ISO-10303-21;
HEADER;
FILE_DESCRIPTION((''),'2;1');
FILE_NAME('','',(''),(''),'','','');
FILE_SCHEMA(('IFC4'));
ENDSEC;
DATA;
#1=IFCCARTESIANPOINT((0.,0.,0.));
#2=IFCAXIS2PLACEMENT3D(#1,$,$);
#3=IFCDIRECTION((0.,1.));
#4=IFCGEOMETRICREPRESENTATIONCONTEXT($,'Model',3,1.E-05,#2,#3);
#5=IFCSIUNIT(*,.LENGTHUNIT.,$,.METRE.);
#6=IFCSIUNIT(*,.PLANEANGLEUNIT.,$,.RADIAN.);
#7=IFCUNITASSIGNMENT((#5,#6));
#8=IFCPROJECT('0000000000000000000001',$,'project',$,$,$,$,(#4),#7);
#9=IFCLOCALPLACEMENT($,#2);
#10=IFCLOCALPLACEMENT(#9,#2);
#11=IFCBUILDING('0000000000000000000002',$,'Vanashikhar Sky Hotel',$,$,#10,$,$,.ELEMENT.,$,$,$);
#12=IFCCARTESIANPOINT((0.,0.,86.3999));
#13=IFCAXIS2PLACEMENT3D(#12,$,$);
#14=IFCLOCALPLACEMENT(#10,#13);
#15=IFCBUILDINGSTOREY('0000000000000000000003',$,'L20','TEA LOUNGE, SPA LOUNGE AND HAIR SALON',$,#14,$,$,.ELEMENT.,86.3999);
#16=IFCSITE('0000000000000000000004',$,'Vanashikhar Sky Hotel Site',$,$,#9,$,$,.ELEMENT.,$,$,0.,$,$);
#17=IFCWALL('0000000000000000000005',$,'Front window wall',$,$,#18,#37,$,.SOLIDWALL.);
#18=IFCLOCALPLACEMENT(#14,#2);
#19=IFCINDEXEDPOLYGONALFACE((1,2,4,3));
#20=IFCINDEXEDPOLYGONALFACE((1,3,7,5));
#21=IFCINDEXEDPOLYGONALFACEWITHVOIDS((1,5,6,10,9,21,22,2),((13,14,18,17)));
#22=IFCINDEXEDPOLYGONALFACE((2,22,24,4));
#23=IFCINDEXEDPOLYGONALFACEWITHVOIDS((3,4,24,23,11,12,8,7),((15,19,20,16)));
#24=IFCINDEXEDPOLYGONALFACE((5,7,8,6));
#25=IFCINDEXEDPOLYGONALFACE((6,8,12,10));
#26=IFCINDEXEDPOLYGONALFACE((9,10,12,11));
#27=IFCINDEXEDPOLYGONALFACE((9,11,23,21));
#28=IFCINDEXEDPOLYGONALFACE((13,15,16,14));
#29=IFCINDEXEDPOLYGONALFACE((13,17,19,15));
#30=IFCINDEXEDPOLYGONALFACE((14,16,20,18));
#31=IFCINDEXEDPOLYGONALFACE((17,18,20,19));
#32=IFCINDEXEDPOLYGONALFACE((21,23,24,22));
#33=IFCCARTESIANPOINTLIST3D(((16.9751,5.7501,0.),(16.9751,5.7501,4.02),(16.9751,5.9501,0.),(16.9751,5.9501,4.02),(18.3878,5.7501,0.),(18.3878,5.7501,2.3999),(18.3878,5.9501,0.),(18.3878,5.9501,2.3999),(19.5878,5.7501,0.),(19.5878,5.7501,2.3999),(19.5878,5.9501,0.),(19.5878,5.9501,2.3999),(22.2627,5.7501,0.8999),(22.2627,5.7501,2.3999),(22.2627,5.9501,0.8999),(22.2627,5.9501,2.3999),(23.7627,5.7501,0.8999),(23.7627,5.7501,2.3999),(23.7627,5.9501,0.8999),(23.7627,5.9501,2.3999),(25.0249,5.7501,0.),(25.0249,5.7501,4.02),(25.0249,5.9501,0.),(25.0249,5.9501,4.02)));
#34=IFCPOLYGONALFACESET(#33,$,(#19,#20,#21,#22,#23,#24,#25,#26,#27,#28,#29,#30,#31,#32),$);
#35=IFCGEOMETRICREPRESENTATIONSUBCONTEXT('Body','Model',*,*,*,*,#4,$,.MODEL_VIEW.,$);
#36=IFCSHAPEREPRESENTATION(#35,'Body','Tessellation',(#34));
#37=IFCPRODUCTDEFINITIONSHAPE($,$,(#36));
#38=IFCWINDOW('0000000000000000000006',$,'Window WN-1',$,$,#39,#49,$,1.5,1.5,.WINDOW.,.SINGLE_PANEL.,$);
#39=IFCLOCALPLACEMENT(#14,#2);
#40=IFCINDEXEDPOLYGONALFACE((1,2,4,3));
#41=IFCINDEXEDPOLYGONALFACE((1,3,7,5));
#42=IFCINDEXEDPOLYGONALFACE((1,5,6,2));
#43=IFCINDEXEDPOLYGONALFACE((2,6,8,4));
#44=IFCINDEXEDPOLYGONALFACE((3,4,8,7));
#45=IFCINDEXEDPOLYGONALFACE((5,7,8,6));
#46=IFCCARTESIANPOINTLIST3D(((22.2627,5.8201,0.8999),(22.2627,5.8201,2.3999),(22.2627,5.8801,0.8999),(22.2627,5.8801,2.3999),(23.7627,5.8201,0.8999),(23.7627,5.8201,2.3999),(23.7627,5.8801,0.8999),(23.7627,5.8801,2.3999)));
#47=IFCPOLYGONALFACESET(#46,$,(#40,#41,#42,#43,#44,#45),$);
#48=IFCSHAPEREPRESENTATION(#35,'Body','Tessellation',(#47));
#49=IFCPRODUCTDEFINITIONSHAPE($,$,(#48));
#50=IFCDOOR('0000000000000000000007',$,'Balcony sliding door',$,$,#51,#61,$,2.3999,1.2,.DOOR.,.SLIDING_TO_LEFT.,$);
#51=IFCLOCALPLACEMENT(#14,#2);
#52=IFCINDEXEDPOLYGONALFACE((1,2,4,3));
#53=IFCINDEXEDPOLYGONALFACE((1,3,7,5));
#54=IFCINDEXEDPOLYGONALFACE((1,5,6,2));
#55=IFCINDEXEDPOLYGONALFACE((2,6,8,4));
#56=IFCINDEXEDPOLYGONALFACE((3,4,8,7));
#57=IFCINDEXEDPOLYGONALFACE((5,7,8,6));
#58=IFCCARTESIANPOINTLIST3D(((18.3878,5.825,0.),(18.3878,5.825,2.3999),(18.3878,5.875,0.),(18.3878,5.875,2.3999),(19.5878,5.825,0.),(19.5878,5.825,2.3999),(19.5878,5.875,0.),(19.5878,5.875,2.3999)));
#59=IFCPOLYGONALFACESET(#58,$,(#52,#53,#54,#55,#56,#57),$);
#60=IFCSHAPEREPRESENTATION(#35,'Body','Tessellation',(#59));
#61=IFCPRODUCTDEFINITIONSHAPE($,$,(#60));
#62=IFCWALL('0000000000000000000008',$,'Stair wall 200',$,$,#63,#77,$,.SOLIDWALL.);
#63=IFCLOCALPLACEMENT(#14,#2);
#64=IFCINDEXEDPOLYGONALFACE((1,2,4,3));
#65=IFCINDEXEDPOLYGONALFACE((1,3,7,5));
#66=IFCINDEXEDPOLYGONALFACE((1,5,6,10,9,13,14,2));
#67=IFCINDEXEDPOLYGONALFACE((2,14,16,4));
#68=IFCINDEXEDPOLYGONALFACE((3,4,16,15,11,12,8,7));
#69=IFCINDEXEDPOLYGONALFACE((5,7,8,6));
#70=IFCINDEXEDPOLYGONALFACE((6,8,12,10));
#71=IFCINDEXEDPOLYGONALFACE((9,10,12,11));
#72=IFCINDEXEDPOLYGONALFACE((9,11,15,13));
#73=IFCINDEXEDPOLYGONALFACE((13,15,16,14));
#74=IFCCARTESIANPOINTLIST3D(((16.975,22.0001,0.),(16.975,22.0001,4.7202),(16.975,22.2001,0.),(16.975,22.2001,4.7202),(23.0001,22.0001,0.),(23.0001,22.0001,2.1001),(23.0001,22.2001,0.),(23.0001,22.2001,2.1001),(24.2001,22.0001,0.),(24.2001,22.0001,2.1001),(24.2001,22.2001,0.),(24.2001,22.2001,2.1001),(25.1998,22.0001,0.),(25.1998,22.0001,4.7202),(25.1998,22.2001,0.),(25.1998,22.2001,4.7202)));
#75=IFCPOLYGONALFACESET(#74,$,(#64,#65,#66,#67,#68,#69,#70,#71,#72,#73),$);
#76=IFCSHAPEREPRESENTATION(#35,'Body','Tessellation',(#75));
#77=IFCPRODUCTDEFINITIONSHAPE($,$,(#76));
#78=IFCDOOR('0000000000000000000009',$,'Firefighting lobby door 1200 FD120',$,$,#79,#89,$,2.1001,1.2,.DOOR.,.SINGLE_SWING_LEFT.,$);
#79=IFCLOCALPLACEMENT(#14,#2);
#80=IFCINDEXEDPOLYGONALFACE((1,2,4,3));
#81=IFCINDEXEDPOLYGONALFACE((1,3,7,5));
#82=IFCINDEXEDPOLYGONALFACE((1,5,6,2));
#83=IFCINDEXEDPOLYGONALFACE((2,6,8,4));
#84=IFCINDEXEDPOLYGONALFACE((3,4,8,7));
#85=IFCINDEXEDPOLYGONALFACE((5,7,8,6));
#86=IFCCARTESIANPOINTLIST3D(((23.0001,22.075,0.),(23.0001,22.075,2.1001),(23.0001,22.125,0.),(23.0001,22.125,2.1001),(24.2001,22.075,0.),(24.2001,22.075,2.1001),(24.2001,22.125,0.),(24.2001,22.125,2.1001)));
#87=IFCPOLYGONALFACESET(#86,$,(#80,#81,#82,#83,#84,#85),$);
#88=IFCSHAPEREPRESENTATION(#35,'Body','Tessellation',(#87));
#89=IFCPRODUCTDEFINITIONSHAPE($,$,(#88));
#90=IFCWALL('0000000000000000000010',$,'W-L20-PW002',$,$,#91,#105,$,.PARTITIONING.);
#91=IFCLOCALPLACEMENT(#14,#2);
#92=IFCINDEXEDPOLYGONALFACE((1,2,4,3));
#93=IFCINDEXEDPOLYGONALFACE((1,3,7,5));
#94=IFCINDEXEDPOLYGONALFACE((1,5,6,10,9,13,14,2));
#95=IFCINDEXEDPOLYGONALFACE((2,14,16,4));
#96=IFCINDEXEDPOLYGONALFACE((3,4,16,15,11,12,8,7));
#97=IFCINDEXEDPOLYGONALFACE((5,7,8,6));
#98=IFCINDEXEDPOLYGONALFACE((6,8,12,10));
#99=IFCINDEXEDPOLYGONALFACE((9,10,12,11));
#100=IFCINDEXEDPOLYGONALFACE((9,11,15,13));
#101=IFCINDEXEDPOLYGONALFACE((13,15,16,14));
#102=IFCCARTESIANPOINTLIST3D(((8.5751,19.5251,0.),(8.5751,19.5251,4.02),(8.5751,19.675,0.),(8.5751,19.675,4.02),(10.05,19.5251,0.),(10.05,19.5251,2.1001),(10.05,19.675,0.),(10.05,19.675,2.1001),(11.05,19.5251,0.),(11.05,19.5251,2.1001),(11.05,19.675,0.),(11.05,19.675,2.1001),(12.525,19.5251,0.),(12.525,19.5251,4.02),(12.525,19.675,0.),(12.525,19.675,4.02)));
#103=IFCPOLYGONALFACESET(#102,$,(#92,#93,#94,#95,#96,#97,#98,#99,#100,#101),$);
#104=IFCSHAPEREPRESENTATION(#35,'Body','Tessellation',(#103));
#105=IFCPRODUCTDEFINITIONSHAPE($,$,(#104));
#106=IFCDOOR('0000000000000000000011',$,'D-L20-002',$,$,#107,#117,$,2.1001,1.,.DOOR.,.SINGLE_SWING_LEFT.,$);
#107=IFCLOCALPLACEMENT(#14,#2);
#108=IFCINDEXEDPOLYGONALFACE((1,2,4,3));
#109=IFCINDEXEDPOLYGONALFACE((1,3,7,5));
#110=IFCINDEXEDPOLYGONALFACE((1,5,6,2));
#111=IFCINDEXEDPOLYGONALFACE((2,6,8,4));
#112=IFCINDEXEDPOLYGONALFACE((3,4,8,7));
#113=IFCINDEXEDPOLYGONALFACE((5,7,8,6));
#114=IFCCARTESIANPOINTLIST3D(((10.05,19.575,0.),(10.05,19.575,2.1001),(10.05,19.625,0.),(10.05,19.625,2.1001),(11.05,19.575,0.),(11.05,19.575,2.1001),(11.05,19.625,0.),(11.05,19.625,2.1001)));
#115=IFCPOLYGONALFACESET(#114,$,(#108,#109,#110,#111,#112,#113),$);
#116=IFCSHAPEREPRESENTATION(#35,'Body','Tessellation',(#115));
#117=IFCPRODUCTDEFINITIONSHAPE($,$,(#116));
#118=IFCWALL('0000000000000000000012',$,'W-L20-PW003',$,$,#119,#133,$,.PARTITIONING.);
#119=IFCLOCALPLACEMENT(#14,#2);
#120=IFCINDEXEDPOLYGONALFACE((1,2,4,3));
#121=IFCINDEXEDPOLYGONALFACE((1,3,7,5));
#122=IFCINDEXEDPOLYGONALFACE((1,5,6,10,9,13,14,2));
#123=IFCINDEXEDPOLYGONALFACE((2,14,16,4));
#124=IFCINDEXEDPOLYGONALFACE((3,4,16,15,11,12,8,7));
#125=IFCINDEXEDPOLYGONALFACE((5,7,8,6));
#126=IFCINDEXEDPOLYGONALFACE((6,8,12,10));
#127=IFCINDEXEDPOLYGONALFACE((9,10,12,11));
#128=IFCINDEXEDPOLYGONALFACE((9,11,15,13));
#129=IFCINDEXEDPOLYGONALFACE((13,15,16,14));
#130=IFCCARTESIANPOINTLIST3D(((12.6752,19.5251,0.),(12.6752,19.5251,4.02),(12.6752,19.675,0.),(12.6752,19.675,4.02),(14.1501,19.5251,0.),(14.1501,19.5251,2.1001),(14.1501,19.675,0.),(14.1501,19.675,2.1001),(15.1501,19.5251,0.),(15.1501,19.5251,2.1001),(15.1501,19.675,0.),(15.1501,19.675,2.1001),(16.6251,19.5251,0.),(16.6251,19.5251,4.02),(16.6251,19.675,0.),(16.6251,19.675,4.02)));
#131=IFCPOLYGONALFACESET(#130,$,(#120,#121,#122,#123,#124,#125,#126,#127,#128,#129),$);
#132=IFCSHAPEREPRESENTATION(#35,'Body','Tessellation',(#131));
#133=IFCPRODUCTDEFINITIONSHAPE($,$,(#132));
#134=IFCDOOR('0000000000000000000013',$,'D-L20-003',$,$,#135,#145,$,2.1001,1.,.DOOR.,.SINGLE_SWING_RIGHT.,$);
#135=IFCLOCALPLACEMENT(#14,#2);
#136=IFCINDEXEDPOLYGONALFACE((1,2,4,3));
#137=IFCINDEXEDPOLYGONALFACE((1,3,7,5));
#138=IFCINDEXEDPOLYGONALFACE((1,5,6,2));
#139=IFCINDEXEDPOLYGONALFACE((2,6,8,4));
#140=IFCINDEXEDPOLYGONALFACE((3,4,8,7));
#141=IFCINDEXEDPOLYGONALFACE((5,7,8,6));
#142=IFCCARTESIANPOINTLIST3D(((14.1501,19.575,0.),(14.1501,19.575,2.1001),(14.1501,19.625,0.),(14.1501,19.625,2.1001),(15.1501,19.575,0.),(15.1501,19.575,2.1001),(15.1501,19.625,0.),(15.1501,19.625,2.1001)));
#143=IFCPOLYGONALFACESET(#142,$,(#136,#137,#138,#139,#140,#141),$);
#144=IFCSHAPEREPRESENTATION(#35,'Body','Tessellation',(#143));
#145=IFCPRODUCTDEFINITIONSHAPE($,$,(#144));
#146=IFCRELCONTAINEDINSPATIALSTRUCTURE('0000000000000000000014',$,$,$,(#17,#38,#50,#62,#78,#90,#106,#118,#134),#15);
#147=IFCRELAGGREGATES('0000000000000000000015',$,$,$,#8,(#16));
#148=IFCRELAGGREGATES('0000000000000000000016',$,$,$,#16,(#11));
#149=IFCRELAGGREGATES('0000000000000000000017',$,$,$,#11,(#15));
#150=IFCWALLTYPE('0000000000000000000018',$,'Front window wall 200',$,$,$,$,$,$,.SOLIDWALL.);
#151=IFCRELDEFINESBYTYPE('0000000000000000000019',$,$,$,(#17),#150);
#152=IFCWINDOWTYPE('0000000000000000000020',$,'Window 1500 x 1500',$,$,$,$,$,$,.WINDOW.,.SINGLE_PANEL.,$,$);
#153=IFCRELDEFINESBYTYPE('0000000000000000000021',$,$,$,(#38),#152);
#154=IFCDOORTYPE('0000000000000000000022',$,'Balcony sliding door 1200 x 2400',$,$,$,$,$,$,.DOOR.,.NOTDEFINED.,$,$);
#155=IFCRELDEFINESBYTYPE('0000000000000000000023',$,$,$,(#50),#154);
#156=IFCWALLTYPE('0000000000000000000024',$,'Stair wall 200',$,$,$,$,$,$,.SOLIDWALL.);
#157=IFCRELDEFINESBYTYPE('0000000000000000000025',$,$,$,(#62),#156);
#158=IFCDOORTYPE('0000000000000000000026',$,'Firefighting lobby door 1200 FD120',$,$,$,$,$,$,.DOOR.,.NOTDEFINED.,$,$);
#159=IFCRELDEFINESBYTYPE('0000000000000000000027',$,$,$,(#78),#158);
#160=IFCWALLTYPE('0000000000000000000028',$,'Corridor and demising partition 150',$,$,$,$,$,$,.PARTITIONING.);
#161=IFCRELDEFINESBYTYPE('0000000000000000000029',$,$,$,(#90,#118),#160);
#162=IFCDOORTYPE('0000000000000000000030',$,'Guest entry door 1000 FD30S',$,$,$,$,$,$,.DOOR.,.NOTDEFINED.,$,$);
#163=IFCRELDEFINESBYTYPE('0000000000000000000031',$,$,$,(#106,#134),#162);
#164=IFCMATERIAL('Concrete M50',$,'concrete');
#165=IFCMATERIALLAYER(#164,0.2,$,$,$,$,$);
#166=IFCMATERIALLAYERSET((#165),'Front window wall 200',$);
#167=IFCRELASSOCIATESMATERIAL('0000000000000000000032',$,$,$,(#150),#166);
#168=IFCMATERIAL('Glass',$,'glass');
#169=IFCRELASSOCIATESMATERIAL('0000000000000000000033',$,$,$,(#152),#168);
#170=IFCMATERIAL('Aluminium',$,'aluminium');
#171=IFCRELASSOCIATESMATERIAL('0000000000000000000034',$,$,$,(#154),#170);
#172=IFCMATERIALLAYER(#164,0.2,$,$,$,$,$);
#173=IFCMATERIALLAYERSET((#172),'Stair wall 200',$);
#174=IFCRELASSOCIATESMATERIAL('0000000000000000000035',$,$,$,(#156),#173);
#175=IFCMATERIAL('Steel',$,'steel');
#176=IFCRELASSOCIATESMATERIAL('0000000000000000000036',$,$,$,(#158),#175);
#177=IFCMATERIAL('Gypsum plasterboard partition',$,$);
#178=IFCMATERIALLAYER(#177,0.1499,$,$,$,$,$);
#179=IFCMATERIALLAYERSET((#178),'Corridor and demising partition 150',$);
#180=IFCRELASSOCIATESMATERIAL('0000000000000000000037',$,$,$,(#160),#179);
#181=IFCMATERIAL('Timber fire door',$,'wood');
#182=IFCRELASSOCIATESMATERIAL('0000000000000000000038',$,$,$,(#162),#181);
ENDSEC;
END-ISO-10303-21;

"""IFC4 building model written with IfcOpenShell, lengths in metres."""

from ifc_helpers import new_model, si_unit, direction, frame, frame_2d, origin, place, context, subcontext, project, spatial, rectangle, extrude, source, transform, mapped, material, layer, layer_set, type_object, element, fill, save


model = new_model("IFC4")

# Units and contexts
model_context = context("Model", 3, precision=1e-05, world=origin(), true_north=direction((0.0, 1.0)))
body_context = subcontext(model_context, "Body", "Model", "MODEL_VIEW")
ifc_project = project(units=[si_unit("LENGTHUNIT", "METRE"), si_unit("PLANEANGLEUNIT", "RADIAN")], contexts=[model_context])

# Site, building, storey
site_placement = place(None, origin())
site = spatial("IfcSite", under=ifc_project, at=site_placement, Name="Vanashikhar Sky Hotel Site", CompositionType="ELEMENT", RefElevation=0.0)
building_placement = place(site_placement, origin())
building = spatial("IfcBuilding", under=site, at=building_placement, Name="Vanashikhar Sky Hotel", CompositionType="ELEMENT")
storey_placement = place(building_placement, frame((0.0, 0.0, 86.3999)))
storey = spatial("IfcBuildingStorey", under=building, at=storey_placement, Name="L20", Description="TEA LOUNGE, SPA LOUNGE AND HAIR SALON", CompositionType="ELEMENT", Elevation=86.3999)

# Shared definitions
ifc_material_1 = material(Name="Concrete M50", Category="concrete")

# Wall, openings, window, door
ifc_layer_1 = layer(ifc_material_1, 0.2)
ifc_layer_set_1 = layer_set([ifc_layer_1], Name="Front window wall 200")
wall_type_1 = type_object("IfcWallType", Name="Front window wall 200", PredefinedType="SOLIDWALL", material=ifc_layer_set_1)
shared_shape_1 = source(origin(), body_context, "Body", "SweptSolid", [
    extrude(rectangle(XDim=1.5, YDim=1.5, at=frame_2d((0.75, 0.75))), frame((0.0, 0.1099, 0.0), z_axis=(0.0, -1.0, 0.0), x_axis=(1.0, 0.0, 0.0)), (0.0, 0.0, 1.0), 0.22),
])
shared_shape_2 = source(origin(), body_context, "Body", "SweptSolid", [
    extrude(rectangle(XDim=1.2, YDim=2.3999, at=frame_2d((0.6001, 1.2))), frame((0.0, 0.1099, 0.0), z_axis=(0.0, -1.0, 0.0), x_axis=(1.0, 0.0, 0.0)), (0.0, 0.0, 1.0), 0.22),
])
ifc_material_2 = material(Name="Glass", Category="glass")
window_type = type_object("IfcWindowType", Name="Window 1500 x 1500", PartitioningType="SINGLE_PANEL", PredefinedType="WINDOW", material=ifc_material_2)
shared_shape_3 = source(origin(), body_context, "Body", "SweptSolid", [
    extrude(rectangle(XDim=1.5, YDim=1.5, at=frame_2d((0.75, 0.75))), frame((0.0, 0.03, 0.0), z_axis=(0.0, -1.0, 0.0), x_axis=(1.0, 0.0, 0.0)), (0.0, 0.0, 1.0), 0.0601),
])
ifc_material_3 = material(Name="Aluminium", Category="aluminium")
door_type_1 = type_object("IfcDoorType", Name="Balcony sliding door 1200 x 2400", OperationType="NOTDEFINED", PredefinedType="DOOR", material=ifc_material_3)
shared_shape_4 = source(origin(), body_context, "Body", "SweptSolid", [
    extrude(rectangle(XDim=1.2, YDim=2.3999, at=frame_2d((0.6001, 1.2))), frame((0.0, 0.0249, 0.0), z_axis=(0.0, -1.0, 0.0), x_axis=(1.0, 0.0, 0.0)), (0.0, 0.0, 1.0), 0.05),
])
shared_shape_5 = source(origin(), body_context, "Body", "SweptSolid", [
    extrude(rectangle(XDim=8.0498, YDim=0.2, at=frame_2d((4.0249, 0.0))), origin(), (0.0, 0.0, 1.0), 4.02),
])
wall_1_placement = place(storey_placement, frame((16.9751, 5.8501, 0.0), z_axis=(0.0, 0.0, 1.0), x_axis=(1.0, 0.0, 0.0)))
wall_1 = element("IfcWall", 1, at=wall_1_placement, inside=storey, type_object=wall_type_1, Name="Front window wall", PredefinedType="SOLIDWALL", context=body_context, shape_type="MappedRepresentation", body=[
    mapped(shared_shape_5, transform((0.0, 0.0, 0.0), scale=1.0)),
])
opening_1_placement = place(wall_1_placement, frame((5.2876, 0.0, 0.8999)))
opening_1 = element("IfcOpeningElement", 2, at=opening_1_placement, cuts=wall_1, PredefinedType="OPENING", context=body_context, shape_type="MappedRepresentation", body=[
    mapped(shared_shape_1, transform((0.0, 0.0, 0.0), scale=1.0)),
])
opening_2_placement = place(wall_1_placement, frame((1.4126, 0.0, 0.0)))
opening_2 = element("IfcOpeningElement", 3, at=opening_2_placement, cuts=wall_1, PredefinedType="OPENING", context=body_context, shape_type="MappedRepresentation", body=[
    mapped(shared_shape_2, transform((0.0, 0.0, 0.0), scale=1.0)),
])
window_1_placement = place(opening_1_placement, origin())
window_1 = element("IfcWindow", 4, at=window_1_placement, inside=storey, type_object=window_type, Name="Window WN-1", OverallHeight=1.5, OverallWidth=1.5, PartitioningType="SINGLE_PANEL", PredefinedType="WINDOW", context=body_context, shape_type="MappedRepresentation", body=[
    mapped(shared_shape_3, transform((0.0, 0.0, 0.0), scale=1.0)),
])
fill(opening_1, window_1)
door_1_placement = place(opening_2_placement, origin())
door_1 = element("IfcDoor", 5, at=door_1_placement, inside=storey, type_object=door_type_1, Name="Balcony sliding door", OperationType="SLIDING_TO_LEFT", OverallHeight=2.3999, OverallWidth=1.2, PredefinedType="DOOR", context=body_context, shape_type="MappedRepresentation", body=[
    mapped(shared_shape_4, transform((0.0, 0.0, 0.0), scale=1.0)),
])
fill(opening_2, door_1)

# Walls, openings, doors
ifc_layer_2 = layer(ifc_material_1, 0.2)
ifc_layer_set_2 = layer_set([ifc_layer_2], Name="Stair wall 200")
wall_type_2 = type_object("IfcWallType", Name="Stair wall 200", PredefinedType="SOLIDWALL", material=ifc_layer_set_2)
shared_shape_6 = source(origin(), body_context, "Body", "SweptSolid", [
    extrude(rectangle(XDim=8.2249, YDim=0.2, at=frame_2d((4.1123, 0.0))), origin(), (0.0, 0.0, 1.0), 4.7202),
])
wall_2_placement = place(storey_placement, frame((16.9751, 22.1001, 0.0), z_axis=(0.0, 0.0, 1.0), x_axis=(1.0, 0.0, 0.0)))
wall_2 = element("IfcWall", 6, at=wall_2_placement, inside=storey, type_object=wall_type_2, Name="Stair wall 200", PredefinedType="SOLIDWALL", context=body_context, shape_type="MappedRepresentation", body=[
    mapped(shared_shape_6, transform((0.0, 0.0, 0.0), scale=1.0)),
])
shared_shape_7 = source(origin(), body_context, "Body", "SweptSolid", [
    extrude(rectangle(XDim=1.2, YDim=2.1001, at=frame_2d((0.6001, 1.05))), frame((0.0, 0.1099, 0.0), z_axis=(0.0, -1.0, 0.0), x_axis=(1.0, 0.0, 0.0)), (0.0, 0.0, 1.0), 0.22),
])
opening_3_placement = place(wall_2_placement, frame((6.0249, 0.0, 0.0)))
opening_3 = element("IfcOpeningElement", 7, at=opening_3_placement, cuts=wall_2, PredefinedType="OPENING", context=body_context, shape_type="MappedRepresentation", body=[
    mapped(shared_shape_7, transform((0.0, 0.0, 0.0), scale=1.0)),
])
ifc_material_4 = material(Name="Steel", Category="steel")
door_type_2 = type_object("IfcDoorType", Name="Firefighting lobby door 1200 FD120", OperationType="NOTDEFINED", PredefinedType="DOOR", material=ifc_material_4)
shared_shape_8 = source(origin(), body_context, "Body", "SweptSolid", [
    extrude(rectangle(XDim=1.2, YDim=2.1001, at=frame_2d((0.6001, 1.05))), frame((0.0, 0.0249, 0.0), z_axis=(0.0, -1.0, 0.0), x_axis=(1.0, 0.0, 0.0)), (0.0, 0.0, 1.0), 0.05),
])
door_2_placement = place(opening_3_placement, origin())
door_2 = element("IfcDoor", 8, at=door_2_placement, inside=storey, type_object=door_type_2, Name="Firefighting lobby door 1200 FD120", OperationType="SINGLE_SWING_LEFT", OverallHeight=2.1001, OverallWidth=1.2, PredefinedType="DOOR", context=body_context, shape_type="MappedRepresentation", body=[
    mapped(shared_shape_8, transform((0.0, 0.0, 0.0), scale=1.0)),
])
fill(opening_3, door_2)
ifc_material_5 = material(Name="Gypsum plasterboard partition")
ifc_layer_3 = layer(ifc_material_5, 0.1499)
ifc_layer_set_3 = layer_set([ifc_layer_3], Name="Corridor and demising partition 150")
wall_type_3 = type_object("IfcWallType", Name="Corridor and demising partition 150", PredefinedType="PARTITIONING", material=ifc_layer_set_3)
shared_shape_9 = source(origin(), body_context, "Body", "SweptSolid", [
    extrude(rectangle(XDim=3.95, YDim=0.1499, at=frame_2d((1.9751, 0.0))), origin(), (0.0, 0.0, 1.0), 4.02),
])
wall_3_placement = place(storey_placement, frame((8.575, 19.6001, 0.0), z_axis=(0.0, 0.0, 1.0), x_axis=(1.0, 0.0, 0.0)))
wall_3 = element("IfcWall", 9, at=wall_3_placement, inside=storey, type_object=wall_type_3, Name="W-L20-PW002", PredefinedType="PARTITIONING", context=body_context, shape_type="MappedRepresentation", body=[
    mapped(shared_shape_9, transform((0.0, 0.0, 0.0), scale=1.0)),
])
shared_shape_10 = source(origin(), body_context, "Body", "SweptSolid", [
    extrude(rectangle(XDim=1.0, YDim=2.1001, at=frame_2d((0.5, 1.05))), frame((0.0, 0.085, 0.0), z_axis=(0.0, -1.0, 0.0), x_axis=(1.0, 0.0, 0.0)), (0.0, 0.0, 1.0), 0.1699),
])
opening_4_placement = place(wall_3_placement, frame((1.4751, 0.0, 0.0)))
opening_4 = element("IfcOpeningElement", 10, at=opening_4_placement, cuts=wall_3, PredefinedType="OPENING", context=body_context, shape_type="MappedRepresentation", body=[
    mapped(shared_shape_10, transform((0.0, 0.0, 0.0), scale=1.0)),
])
ifc_material_6 = material(Name="Timber fire door", Category="wood")
door_type_3 = type_object("IfcDoorType", Name="Guest entry door 1000 FD30S", OperationType="NOTDEFINED", PredefinedType="DOOR", material=ifc_material_6)
shared_shape_11 = source(origin(), body_context, "Body", "SweptSolid", [
    extrude(rectangle(XDim=1.0, YDim=2.1001, at=frame_2d((0.5, 1.05))), frame((0.0, 0.0249, 0.0), z_axis=(0.0, -1.0, 0.0), x_axis=(1.0, 0.0, 0.0)), (0.0, 0.0, 1.0), 0.05),
])
door_3_placement = place(opening_4_placement, origin())
door_3 = element("IfcDoor", 11, at=door_3_placement, inside=storey, type_object=door_type_3, Name="D-L20-002", OperationType="SINGLE_SWING_LEFT", OverallHeight=2.1001, OverallWidth=1.0, PredefinedType="DOOR", context=body_context, shape_type="MappedRepresentation", body=[
    mapped(shared_shape_11, transform((0.0, 0.0, 0.0), scale=1.0)),
])
fill(opening_4, door_3)
wall_4_placement = place(storey_placement, frame((12.675, 19.6001, 0.0), z_axis=(0.0, 0.0, 1.0), x_axis=(1.0, 0.0, 0.0)))
wall_4 = element("IfcWall", 12, at=wall_4_placement, inside=storey, type_object=wall_type_3, Name="W-L20-PW003", PredefinedType="PARTITIONING", context=body_context, shape_type="MappedRepresentation", body=[
    mapped(shared_shape_9, transform((0.0, 0.0, 0.0), scale=1.0)),
])
opening_5_placement = place(wall_4_placement, frame((1.4751, 0.0, 0.0)))
opening_5 = element("IfcOpeningElement", 13, at=opening_5_placement, cuts=wall_4, PredefinedType="OPENING", context=body_context, shape_type="MappedRepresentation", body=[
    mapped(shared_shape_10, transform((0.0, 0.0, 0.0), scale=1.0)),
])
door_4_placement = place(opening_5_placement, origin())
door_4 = element("IfcDoor", 14, at=door_4_placement, inside=storey, type_object=door_type_3, Name="D-L20-003", OperationType="SINGLE_SWING_RIGHT", OverallHeight=2.1001, OverallWidth=1.0, PredefinedType="DOOR", context=body_context, shape_type="MappedRepresentation", body=[
    mapped(shared_shape_11, transform((0.0, 0.0, 0.0), scale=1.0)),
])
fill(opening_5, door_4)

save(model, "model.ifc")
